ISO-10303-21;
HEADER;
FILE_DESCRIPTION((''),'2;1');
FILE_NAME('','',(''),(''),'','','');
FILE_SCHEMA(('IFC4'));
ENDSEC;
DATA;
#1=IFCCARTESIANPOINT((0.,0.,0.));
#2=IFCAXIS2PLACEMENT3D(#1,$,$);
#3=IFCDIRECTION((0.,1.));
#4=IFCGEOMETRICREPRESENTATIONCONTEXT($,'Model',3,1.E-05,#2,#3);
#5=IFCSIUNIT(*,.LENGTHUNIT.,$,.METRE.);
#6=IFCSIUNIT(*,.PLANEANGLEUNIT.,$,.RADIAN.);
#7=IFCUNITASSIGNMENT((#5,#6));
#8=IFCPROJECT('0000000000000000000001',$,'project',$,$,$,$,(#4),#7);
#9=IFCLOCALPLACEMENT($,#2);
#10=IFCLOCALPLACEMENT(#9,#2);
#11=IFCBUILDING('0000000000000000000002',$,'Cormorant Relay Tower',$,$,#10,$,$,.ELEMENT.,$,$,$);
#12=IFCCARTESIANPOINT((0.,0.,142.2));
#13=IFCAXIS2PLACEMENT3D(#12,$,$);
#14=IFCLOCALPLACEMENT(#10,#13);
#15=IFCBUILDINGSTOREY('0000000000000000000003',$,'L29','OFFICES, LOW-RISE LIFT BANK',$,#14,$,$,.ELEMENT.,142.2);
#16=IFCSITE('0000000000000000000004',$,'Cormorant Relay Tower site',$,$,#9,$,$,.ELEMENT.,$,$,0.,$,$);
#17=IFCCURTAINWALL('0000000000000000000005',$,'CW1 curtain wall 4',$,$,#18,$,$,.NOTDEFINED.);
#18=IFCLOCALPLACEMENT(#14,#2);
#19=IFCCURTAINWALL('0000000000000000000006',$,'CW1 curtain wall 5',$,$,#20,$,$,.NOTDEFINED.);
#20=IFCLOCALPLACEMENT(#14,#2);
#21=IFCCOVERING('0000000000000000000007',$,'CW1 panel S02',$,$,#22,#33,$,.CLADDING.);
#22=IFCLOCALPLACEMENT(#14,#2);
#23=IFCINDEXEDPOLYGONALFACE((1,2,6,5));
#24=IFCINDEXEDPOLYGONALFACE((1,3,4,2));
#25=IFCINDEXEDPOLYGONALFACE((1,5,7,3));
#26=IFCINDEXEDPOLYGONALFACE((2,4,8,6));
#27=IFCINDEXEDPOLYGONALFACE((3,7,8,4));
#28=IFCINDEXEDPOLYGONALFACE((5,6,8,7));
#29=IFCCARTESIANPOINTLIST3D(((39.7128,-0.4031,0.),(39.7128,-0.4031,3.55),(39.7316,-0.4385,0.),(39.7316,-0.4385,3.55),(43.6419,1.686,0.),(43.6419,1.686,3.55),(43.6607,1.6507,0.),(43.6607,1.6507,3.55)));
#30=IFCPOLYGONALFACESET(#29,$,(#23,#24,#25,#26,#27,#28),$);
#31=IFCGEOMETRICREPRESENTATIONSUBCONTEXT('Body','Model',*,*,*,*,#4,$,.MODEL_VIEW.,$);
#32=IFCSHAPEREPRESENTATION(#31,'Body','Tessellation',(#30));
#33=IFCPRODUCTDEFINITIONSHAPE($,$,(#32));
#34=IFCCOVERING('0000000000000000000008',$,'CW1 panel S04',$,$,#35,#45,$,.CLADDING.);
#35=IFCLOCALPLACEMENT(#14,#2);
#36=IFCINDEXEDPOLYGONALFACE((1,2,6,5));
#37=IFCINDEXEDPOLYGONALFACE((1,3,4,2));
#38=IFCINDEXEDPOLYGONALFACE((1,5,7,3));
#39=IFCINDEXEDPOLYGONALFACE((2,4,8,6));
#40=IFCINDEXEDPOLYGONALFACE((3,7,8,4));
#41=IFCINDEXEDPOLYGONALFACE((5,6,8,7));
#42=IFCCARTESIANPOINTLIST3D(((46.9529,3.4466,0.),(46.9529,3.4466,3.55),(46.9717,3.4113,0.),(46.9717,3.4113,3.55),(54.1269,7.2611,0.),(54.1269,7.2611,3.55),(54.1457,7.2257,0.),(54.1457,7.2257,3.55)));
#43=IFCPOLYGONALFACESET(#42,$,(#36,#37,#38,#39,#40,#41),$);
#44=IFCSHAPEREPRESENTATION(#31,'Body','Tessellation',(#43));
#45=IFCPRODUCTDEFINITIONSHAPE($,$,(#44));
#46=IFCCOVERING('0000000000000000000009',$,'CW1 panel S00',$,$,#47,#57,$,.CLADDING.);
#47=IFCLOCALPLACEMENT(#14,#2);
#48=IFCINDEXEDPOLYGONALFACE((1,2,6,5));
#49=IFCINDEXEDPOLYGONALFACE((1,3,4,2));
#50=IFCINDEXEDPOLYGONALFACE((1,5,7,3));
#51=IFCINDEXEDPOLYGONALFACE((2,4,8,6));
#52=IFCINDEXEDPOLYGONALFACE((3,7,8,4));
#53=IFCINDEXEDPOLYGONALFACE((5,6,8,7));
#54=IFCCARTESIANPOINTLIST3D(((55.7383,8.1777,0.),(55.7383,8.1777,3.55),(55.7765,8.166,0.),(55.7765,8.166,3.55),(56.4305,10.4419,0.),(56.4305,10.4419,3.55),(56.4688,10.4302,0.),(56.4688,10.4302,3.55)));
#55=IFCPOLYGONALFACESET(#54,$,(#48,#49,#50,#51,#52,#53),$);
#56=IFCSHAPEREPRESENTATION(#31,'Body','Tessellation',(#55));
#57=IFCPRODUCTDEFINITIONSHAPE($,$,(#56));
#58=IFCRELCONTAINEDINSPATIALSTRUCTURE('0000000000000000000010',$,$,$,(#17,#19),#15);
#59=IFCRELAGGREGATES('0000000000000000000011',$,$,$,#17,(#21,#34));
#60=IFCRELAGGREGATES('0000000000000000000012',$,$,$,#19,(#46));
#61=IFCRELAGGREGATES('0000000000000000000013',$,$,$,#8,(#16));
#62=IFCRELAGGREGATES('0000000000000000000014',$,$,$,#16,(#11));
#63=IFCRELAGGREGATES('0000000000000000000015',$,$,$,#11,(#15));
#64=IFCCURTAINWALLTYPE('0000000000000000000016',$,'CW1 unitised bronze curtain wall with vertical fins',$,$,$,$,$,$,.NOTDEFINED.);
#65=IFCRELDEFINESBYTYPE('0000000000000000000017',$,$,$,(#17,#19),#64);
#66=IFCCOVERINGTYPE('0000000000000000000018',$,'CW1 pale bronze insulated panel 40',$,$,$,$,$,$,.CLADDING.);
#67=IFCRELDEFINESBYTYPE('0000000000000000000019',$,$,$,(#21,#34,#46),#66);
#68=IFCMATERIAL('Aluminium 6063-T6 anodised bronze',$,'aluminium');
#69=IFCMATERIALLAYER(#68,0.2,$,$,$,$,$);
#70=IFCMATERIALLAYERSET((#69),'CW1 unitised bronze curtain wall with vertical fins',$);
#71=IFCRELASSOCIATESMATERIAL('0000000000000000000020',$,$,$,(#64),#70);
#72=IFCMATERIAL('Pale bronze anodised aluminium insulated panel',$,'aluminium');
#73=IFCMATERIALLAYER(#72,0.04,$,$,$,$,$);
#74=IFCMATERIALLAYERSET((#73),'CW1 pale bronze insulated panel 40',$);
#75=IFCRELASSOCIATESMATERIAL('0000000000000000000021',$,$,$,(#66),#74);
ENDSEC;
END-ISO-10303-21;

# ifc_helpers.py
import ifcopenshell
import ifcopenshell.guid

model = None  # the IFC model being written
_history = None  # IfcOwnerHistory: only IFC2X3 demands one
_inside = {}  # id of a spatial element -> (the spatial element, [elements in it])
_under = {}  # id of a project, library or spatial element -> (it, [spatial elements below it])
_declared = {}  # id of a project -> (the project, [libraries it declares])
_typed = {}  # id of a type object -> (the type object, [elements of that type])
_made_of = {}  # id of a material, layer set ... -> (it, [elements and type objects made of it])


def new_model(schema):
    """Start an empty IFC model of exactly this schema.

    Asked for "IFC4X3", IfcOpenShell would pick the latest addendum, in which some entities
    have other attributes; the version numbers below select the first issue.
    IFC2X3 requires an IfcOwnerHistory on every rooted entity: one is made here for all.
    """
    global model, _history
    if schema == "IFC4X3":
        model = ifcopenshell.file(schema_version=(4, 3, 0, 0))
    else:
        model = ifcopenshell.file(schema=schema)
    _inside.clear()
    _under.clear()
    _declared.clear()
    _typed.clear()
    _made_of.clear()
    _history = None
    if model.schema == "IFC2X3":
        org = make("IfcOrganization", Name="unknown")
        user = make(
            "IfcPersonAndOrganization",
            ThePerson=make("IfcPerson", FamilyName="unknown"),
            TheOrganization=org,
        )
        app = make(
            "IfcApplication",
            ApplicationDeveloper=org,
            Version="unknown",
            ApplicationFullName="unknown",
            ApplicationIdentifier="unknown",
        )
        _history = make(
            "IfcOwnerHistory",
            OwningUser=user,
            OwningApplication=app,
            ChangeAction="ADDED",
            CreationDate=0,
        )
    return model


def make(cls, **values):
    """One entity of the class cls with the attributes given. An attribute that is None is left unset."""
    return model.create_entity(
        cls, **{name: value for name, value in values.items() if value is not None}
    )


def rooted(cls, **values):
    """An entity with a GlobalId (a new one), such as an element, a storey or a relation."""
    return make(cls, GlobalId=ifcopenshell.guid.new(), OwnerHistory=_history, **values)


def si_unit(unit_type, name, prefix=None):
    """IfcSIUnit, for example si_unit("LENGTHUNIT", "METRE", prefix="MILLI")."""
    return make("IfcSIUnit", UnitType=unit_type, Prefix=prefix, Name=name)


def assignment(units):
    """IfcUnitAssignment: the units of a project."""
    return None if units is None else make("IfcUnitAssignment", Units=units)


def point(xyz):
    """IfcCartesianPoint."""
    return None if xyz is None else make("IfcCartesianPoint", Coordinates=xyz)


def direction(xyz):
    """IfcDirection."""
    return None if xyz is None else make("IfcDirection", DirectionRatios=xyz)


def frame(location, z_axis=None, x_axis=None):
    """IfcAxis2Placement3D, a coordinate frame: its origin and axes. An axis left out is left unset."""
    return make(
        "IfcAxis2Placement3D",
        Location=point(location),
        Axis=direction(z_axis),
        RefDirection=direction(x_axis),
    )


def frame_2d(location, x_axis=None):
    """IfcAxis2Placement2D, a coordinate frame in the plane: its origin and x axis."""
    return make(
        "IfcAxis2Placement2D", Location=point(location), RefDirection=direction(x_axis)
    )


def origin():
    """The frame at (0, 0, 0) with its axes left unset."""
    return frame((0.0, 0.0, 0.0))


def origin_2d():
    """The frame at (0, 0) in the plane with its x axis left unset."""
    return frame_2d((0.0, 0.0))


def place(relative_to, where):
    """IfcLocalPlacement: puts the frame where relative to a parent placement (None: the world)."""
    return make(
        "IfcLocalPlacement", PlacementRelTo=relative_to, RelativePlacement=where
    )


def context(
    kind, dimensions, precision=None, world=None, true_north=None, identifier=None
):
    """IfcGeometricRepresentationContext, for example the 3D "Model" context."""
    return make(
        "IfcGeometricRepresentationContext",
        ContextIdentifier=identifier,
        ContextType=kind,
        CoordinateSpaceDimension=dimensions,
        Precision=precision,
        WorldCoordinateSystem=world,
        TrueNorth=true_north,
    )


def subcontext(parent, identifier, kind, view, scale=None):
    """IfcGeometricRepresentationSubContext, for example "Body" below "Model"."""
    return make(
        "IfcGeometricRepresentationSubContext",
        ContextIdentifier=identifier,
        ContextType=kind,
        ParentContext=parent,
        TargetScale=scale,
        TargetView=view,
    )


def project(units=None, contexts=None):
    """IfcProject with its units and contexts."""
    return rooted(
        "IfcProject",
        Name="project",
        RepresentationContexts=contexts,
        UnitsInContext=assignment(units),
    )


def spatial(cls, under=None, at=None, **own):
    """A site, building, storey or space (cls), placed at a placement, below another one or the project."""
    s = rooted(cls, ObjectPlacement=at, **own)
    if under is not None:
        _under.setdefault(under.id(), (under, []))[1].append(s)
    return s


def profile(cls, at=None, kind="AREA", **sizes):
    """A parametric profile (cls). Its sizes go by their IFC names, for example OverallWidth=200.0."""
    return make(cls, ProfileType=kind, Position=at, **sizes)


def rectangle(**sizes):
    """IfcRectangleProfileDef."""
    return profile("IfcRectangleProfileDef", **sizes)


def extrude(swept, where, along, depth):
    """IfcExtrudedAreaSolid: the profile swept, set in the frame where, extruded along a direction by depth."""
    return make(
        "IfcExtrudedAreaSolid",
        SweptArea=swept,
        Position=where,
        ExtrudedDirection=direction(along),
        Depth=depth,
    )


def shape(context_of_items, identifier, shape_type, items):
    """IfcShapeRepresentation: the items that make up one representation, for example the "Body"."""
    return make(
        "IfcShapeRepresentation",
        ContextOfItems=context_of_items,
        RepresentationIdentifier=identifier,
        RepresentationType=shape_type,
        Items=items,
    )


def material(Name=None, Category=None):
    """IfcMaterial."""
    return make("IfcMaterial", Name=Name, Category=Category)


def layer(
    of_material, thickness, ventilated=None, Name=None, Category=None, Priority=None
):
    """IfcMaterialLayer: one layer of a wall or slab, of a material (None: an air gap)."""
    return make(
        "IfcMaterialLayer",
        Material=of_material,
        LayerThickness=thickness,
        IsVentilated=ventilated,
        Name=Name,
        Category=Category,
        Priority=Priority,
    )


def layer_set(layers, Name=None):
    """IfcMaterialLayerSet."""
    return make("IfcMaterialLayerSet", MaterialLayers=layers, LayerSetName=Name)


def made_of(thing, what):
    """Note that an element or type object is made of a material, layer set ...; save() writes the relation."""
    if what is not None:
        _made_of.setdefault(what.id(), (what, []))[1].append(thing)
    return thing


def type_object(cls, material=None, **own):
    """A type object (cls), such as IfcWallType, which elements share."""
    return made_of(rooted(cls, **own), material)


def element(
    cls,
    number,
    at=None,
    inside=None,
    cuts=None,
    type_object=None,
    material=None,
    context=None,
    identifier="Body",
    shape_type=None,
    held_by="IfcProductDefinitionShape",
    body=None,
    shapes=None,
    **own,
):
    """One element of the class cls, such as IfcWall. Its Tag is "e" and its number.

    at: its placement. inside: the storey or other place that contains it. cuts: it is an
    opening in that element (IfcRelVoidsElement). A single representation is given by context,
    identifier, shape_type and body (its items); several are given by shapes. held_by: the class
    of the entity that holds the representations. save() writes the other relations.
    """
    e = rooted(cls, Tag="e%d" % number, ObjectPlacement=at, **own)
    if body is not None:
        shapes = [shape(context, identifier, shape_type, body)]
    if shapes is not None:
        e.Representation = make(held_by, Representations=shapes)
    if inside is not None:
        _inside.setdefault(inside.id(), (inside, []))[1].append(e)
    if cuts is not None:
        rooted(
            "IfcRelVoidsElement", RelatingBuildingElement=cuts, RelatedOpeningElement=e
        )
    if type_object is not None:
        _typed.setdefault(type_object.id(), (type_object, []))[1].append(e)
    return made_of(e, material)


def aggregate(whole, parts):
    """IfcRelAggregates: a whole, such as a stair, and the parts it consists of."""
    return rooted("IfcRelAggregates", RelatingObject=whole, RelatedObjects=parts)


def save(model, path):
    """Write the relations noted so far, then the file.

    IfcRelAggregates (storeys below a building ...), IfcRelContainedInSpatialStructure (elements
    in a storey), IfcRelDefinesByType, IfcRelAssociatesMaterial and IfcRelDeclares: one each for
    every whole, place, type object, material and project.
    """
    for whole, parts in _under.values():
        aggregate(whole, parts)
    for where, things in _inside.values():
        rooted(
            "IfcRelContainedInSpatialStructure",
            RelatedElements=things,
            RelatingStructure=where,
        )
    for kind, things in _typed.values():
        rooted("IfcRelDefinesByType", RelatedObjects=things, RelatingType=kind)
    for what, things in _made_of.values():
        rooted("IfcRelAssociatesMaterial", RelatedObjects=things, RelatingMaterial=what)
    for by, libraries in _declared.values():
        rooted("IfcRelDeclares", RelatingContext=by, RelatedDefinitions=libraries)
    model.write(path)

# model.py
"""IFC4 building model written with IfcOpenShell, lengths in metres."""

from ifc_helpers import new_model, si_unit, direction, frame, origin, origin_2d, place, context, subcontext, project, spatial, rectangle, extrude, material, layer, layer_set, type_object, element, aggregate, save


model = new_model("IFC4")

# Units and contexts
model_context = context("Model", 3, precision=1e-05, world=origin(), true_north=direction((0.0, 1.0)))
body_context = subcontext(model_context, "Body", "Model", "MODEL_VIEW")
ifc_project = project(units=[si_unit("LENGTHUNIT", "METRE"), si_unit("PLANEANGLEUNIT", "RADIAN")], contexts=[model_context])

# Site, building, storey
site_placement = place(None, origin())
site = spatial("IfcSite", under=ifc_project, at=site_placement, Name="Cormorant Relay Tower site", CompositionType="ELEMENT", RefElevation=0.0)
building_placement = place(site_placement, origin())
building = spatial("IfcBuilding", under=site, at=building_placement, Name="Cormorant Relay Tower", CompositionType="ELEMENT")
storey_placement = place(building_placement, frame((0.0, 0.0, 142.2)))
storey = spatial("IfcBuildingStorey", under=building, at=storey_placement, Name="L29", Description="OFFICES, LOW-RISE LIFT BANK", CompositionType="ELEMENT", Elevation=142.2)

# Shared definitions
ifc_material_1 = material(Name="Aluminium 6063-T6 anodised bronze", Category="aluminium")
ifc_layer_1 = layer(ifc_material_1, 0.2)
ifc_layer_set_1 = layer_set([ifc_layer_1], Name="CW1 unitised bronze curtain wall with vertical fins")
curtain_wall_type = type_object("IfcCurtainWallType", Name="CW1 unitised bronze curtain wall with vertical fins", PredefinedType="NOTDEFINED", material=ifc_layer_set_1)

# Curtain wall
curtain_wall_1_placement = place(storey_placement, origin())
curtain_wall_1 = element("IfcCurtainWall", 1, at=curtain_wall_1_placement, inside=storey, type_object=curtain_wall_type, Name="CW1 curtain wall 4", PredefinedType="NOTDEFINED")

# Curtain wall
curtain_wall_2_placement = place(storey_placement, origin())
curtain_wall_2 = element("IfcCurtainWall", 2, at=curtain_wall_2_placement, inside=storey, type_object=curtain_wall_type, Name="CW1 curtain wall 5", PredefinedType="NOTDEFINED")

# Coverings
ifc_material_2 = material(Name="Pale bronze anodised aluminium insulated panel", Category="aluminium")
ifc_layer_2 = layer(ifc_material_2, 0.04)
ifc_layer_set_2 = layer_set([ifc_layer_2], Name="CW1 pale bronze insulated panel 40")
covering_type = type_object("IfcCoveringType", Name="CW1 pale bronze insulated panel 40", PredefinedType="CLADDING", material=ifc_layer_set_2)
covering_1_placement = place(storey_placement, frame((41.6868, 0.6238, 0.0), z_axis=(0.0, 0.0, 1.0), x_axis=(0.882948, 0.469472, 0.0)))
covering_1 = element("IfcCovering", 3, at=covering_1_placement, type_object=covering_type, Name="CW1 panel S02", PredefinedType="CLADDING", context=body_context, shape_type="SweptSolid", body=[
    extrude(rectangle(XDim=4.45, YDim=0.04, at=origin_2d()), origin(), (0.0, 0.0, 1.0), 3.55),
])
covering_2_placement = place(storey_placement, frame((50.5493, 5.3362, 0.0), z_axis=(0.0, 0.0, 1.0), x_axis=(0.882948, 0.469472, 0.0)))
covering_2 = element("IfcCovering", 4, at=covering_2_placement, type_object=covering_type, Name="CW1 panel S04", PredefinedType="CLADDING", context=body_context, shape_type="SweptSolid", body=[
    extrude(rectangle(XDim=8.125, YDim=0.04, at=origin_2d()), origin(), (0.0, 0.0, 1.0), 3.55),
])
aggregate(curtain_wall_1, [covering_1, covering_2])
covering_3_placement = place(storey_placement, frame((56.1035, 9.304, 0.0), z_axis=(0.0, 0.0, 1.0), x_axis=(0.292372, 0.956305, 0.0)))
covering_3 = element("IfcCovering", 5, at=covering_3_placement, type_object=covering_type, Name="CW1 panel S00", PredefinedType="CLADDING", context=body_context, shape_type="SweptSolid", body=[
    extrude(rectangle(XDim=2.3677, YDim=0.04, at=origin_2d()), origin(), (0.0, 0.0, 1.0), 3.55),
])
aggregate(curtain_wall_2, [covering_3])

save(model, "model.ifc")
